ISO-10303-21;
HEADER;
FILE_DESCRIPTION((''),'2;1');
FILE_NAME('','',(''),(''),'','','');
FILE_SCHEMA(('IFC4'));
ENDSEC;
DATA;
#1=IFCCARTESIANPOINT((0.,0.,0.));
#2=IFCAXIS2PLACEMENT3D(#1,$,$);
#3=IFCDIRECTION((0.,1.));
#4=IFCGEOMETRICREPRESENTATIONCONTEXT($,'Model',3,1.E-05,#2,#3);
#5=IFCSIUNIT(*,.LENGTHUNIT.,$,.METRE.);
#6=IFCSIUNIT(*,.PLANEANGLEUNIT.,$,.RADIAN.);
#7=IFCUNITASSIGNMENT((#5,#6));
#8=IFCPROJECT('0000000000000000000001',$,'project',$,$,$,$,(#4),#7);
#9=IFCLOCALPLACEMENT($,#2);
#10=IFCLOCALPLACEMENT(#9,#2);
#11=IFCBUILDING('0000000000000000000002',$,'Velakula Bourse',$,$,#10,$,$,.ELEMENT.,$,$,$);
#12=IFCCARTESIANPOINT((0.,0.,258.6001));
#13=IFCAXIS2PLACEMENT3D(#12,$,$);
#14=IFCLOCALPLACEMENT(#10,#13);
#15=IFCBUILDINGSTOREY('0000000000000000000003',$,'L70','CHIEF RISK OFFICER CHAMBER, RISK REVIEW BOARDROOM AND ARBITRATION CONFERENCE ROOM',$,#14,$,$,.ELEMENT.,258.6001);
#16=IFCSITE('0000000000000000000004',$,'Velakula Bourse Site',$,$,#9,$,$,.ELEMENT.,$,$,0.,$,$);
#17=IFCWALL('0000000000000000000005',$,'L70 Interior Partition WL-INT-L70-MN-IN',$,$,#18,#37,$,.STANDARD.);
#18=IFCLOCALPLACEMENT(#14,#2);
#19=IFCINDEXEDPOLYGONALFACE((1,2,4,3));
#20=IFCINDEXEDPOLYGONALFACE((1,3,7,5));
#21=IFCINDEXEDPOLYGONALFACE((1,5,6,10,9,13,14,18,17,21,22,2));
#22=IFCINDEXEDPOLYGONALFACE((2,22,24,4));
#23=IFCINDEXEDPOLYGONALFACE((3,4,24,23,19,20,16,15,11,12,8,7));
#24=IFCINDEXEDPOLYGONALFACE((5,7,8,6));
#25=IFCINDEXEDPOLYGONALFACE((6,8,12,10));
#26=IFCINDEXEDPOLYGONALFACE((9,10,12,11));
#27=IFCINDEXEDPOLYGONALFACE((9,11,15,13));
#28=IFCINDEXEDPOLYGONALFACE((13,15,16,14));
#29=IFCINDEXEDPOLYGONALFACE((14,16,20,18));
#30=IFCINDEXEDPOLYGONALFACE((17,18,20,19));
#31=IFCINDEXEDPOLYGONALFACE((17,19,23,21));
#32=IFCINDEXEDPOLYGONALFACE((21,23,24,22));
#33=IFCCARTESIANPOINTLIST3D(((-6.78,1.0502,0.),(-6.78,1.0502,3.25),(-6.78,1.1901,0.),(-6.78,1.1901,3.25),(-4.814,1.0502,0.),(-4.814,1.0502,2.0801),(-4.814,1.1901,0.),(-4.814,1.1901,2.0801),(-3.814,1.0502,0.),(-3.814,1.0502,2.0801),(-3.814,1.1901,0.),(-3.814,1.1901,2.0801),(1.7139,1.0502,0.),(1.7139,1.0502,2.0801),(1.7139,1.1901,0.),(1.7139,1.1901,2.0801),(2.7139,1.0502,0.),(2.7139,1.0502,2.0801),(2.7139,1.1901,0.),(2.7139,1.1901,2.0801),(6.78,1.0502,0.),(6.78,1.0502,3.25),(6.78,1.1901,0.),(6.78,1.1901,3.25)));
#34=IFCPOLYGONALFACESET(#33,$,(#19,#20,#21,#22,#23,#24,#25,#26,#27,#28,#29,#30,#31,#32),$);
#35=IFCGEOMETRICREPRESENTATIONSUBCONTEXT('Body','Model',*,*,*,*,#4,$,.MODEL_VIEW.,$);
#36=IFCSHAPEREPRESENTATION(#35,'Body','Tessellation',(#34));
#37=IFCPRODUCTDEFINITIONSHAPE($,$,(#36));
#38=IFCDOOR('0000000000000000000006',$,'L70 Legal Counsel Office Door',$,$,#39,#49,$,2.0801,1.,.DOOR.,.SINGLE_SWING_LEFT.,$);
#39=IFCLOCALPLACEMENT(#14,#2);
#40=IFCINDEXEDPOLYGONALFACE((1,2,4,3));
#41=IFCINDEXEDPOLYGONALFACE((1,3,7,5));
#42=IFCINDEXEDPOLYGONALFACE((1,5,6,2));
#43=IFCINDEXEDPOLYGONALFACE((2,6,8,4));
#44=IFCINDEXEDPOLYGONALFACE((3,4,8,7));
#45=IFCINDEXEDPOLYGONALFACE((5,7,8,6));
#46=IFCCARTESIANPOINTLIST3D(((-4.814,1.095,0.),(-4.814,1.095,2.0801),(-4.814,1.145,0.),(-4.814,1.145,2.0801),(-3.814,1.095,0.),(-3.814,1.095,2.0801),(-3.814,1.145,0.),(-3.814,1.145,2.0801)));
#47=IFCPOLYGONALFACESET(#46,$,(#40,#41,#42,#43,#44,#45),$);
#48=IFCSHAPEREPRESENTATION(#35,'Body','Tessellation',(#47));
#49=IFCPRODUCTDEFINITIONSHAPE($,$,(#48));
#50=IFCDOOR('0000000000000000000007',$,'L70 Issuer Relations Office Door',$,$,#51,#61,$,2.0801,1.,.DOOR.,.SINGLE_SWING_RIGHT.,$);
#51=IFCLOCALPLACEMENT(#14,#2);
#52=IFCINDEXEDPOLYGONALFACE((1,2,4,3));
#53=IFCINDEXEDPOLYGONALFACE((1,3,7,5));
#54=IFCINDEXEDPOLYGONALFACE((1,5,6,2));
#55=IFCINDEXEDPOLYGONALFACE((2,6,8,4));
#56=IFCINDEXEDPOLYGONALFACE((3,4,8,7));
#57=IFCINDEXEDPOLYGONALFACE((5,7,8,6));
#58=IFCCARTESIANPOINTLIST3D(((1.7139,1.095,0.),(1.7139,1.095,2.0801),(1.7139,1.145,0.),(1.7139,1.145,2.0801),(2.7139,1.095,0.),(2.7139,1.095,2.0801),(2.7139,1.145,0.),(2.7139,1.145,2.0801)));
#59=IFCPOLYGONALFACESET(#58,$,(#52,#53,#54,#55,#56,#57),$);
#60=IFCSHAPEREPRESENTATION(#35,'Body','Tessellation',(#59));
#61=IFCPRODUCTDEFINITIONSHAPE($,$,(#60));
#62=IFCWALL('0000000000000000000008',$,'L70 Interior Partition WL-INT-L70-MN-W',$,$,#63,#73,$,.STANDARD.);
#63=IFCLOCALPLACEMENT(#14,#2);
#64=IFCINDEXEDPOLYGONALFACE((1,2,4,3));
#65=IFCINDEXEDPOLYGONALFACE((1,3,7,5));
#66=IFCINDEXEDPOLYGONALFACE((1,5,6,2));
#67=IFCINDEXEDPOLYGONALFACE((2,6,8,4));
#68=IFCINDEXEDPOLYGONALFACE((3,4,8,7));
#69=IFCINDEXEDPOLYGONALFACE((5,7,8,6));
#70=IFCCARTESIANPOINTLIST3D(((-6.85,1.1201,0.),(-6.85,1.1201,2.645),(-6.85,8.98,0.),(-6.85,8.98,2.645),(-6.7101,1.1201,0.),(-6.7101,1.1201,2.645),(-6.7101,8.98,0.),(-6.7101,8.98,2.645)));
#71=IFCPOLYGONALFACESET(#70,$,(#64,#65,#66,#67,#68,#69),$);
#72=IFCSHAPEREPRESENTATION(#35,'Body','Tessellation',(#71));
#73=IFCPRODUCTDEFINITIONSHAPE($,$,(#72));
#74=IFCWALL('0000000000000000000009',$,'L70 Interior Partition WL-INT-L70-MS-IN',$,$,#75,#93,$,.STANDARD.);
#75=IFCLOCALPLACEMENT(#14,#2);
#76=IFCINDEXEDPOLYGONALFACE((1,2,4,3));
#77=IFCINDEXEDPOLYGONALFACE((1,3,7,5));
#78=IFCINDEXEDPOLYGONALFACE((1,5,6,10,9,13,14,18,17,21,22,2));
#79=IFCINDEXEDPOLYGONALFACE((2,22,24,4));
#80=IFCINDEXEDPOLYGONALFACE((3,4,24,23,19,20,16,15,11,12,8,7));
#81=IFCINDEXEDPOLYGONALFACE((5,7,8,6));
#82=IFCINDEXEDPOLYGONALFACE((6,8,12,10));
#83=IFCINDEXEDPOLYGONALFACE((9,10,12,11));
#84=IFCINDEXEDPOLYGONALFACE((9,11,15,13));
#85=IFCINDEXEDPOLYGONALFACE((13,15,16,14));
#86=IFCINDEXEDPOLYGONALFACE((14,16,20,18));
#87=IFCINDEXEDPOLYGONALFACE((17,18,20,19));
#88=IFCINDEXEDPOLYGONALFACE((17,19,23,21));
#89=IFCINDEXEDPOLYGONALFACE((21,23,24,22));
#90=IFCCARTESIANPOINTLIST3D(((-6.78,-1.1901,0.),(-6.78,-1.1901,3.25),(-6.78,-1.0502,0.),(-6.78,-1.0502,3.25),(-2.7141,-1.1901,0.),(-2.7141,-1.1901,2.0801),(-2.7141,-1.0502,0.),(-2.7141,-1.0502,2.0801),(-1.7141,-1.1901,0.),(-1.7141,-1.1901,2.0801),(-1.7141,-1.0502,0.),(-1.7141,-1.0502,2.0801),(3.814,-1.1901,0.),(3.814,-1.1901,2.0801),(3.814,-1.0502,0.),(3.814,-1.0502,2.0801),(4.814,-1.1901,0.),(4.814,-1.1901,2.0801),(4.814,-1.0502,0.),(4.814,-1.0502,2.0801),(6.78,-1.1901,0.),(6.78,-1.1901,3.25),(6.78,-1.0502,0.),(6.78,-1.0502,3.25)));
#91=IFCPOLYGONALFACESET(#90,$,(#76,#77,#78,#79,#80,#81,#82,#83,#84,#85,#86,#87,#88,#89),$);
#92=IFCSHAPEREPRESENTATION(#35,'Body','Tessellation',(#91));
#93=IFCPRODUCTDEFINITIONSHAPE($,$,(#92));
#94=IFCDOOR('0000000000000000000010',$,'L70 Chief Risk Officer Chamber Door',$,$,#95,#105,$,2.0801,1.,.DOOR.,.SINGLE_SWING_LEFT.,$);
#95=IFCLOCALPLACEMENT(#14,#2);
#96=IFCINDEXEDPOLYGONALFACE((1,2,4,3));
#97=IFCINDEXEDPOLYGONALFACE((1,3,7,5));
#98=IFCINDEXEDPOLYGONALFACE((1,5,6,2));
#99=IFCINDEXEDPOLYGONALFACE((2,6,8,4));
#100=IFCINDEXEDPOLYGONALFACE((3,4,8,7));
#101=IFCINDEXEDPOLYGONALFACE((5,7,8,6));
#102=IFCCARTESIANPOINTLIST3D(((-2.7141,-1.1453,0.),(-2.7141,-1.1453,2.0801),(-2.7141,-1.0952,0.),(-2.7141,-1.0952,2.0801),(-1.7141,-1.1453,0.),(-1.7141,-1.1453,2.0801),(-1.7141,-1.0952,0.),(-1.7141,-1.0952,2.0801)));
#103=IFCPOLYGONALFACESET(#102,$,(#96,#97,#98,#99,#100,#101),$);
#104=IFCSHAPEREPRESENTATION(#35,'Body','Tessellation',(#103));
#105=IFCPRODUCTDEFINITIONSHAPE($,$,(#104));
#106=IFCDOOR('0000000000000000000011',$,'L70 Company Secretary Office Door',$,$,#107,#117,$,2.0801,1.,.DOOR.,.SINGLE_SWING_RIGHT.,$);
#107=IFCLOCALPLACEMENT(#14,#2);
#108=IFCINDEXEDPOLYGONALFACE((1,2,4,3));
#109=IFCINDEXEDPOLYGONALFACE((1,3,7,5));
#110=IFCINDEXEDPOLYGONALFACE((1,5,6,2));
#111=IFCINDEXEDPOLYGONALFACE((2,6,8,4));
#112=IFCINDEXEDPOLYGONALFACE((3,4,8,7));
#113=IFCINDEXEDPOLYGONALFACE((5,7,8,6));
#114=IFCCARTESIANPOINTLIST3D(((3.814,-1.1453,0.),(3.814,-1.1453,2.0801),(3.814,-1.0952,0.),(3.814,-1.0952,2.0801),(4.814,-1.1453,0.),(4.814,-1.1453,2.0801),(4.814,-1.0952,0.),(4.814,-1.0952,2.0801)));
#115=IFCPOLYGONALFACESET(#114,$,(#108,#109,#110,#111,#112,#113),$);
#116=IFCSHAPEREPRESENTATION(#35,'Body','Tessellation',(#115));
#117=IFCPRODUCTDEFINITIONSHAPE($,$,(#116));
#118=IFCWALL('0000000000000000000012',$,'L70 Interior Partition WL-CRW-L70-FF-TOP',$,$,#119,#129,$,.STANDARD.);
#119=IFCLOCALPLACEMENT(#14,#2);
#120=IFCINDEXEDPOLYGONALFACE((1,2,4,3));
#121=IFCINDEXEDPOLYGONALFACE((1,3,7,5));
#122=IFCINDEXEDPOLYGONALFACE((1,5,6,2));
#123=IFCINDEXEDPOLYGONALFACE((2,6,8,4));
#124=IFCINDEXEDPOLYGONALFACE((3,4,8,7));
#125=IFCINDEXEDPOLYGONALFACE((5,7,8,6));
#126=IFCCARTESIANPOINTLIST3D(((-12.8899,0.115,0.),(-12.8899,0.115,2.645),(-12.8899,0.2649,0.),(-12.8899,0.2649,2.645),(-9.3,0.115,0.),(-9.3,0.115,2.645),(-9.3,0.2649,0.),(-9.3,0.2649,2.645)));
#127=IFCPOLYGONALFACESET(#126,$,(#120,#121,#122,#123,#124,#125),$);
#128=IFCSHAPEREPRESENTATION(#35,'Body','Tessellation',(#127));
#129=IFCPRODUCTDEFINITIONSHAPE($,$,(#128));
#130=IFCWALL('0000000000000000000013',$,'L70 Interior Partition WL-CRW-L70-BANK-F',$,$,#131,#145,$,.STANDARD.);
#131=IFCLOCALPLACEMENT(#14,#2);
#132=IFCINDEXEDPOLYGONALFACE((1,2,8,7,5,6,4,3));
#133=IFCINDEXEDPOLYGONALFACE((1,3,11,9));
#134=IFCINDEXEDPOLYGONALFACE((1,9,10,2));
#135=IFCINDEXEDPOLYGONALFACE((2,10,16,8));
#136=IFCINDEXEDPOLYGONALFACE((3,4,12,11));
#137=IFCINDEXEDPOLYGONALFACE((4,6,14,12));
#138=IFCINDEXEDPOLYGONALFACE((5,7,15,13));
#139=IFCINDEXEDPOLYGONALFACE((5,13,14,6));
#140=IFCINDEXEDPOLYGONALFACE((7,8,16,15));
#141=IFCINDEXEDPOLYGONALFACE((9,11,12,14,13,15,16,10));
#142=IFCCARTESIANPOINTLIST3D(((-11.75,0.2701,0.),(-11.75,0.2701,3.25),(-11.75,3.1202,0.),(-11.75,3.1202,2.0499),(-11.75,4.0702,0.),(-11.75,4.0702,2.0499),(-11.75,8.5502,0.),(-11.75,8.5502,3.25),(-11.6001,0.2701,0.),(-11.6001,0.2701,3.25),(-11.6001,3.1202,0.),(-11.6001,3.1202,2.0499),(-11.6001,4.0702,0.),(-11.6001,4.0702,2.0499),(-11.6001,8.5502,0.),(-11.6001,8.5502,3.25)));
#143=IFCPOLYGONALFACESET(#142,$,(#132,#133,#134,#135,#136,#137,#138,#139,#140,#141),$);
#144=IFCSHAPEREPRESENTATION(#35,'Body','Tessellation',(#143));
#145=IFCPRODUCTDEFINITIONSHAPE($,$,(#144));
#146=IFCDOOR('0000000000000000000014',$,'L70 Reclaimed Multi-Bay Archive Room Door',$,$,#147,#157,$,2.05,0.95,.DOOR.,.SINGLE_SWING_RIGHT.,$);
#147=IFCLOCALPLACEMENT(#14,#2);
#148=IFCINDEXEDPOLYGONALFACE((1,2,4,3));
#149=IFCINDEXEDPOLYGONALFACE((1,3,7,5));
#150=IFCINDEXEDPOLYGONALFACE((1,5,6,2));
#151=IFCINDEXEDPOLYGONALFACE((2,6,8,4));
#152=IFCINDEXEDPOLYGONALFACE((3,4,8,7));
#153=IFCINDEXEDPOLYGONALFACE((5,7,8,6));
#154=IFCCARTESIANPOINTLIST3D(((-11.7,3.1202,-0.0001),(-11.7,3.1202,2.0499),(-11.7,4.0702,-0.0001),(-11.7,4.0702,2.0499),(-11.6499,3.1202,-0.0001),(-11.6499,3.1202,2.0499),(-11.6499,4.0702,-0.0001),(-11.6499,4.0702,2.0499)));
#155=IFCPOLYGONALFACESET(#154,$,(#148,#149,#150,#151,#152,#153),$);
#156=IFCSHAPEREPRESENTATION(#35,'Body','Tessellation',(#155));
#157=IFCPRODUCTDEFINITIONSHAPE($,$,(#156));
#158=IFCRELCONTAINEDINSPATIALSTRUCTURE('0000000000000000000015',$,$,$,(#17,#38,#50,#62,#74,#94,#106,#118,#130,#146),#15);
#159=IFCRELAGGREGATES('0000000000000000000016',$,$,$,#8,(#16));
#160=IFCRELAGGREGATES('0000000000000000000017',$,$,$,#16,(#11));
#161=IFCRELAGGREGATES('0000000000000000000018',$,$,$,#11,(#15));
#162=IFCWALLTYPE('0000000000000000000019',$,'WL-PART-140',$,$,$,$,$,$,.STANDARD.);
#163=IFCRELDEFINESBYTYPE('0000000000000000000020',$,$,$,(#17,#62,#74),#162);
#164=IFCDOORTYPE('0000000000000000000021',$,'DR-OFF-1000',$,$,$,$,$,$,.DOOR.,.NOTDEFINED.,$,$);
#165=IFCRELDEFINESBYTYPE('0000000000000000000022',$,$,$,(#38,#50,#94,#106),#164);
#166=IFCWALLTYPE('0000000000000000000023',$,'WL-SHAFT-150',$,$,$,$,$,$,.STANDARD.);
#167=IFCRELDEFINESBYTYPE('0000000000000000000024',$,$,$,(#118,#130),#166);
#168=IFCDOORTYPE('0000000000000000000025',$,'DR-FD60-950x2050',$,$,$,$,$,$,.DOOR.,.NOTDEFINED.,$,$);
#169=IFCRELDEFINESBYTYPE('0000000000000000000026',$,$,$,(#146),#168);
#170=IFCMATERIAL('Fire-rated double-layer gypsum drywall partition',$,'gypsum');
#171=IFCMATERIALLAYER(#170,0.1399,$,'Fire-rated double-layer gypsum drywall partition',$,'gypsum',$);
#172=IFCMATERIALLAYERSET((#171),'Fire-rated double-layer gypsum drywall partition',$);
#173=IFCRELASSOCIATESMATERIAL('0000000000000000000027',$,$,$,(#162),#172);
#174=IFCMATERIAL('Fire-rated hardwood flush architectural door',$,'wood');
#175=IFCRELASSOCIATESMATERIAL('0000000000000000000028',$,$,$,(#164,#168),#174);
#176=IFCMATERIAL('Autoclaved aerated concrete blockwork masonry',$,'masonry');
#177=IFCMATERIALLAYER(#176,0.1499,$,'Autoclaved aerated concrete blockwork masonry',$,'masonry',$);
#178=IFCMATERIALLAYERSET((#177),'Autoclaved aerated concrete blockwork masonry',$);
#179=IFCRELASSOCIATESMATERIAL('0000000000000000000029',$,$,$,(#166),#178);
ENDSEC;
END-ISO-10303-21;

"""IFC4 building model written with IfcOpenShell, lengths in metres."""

from ifc_helpers import new_model, si_unit, direction, frame, frame_2d, origin, place, context, subcontext, project, spatial, rectangle, extrude, material, layer, layer_set, type_object, element, fill, save


model = new_model("IFC4")

# Units and contexts
model_context = context("Model", 3, precision=1e-05, world=origin(), true_north=direction((0.0, 1.0)))
body_context = subcontext(model_context, "Body", "Model", "MODEL_VIEW")
ifc_project = project(units=[si_unit("LENGTHUNIT", "METRE"), si_unit("PLANEANGLEUNIT", "RADIAN")], contexts=[model_context])

# Site, building, storey
site_placement = place(None, origin())
site = spatial("IfcSite", under=ifc_project, at=site_placement, Name="Velakula Bourse Site", CompositionType="ELEMENT", RefElevation=0.0)
building_placement = place(site_placement, origin())
building = spatial("IfcBuilding", under=site, at=building_placement, Name="Velakula Bourse", CompositionType="ELEMENT")
storey_placement = place(building_placement, frame((0.0, 0.0, 258.6001)))
storey = spatial("IfcBuildingStorey", under=building, at=storey_placement, Name="L70", Description="CHIEF RISK OFFICER CHAMBER, RISK REVIEW BOARDROOM AND ARBITRATION CONFERENCE ROOM", CompositionType="ELEMENT", Elevation=258.6001)

# Shared definitions
ifc_material_1 = material(Name="Fire-rated double-layer gypsum drywall partition", Category="gypsum")

# Wall, openings, doors
ifc_layer_1 = layer(ifc_material_1, 0.1399, Name="Fire-rated double-layer gypsum drywall partition", Category="gypsum")
ifc_layer_set_1 = layer_set([ifc_layer_1], Name="Fire-rated double-layer gypsum drywall partition")
wall_type_1 = type_object("IfcWallType", Name="WL-PART-140", PredefinedType="STANDARD", material=ifc_layer_set_1)
wall_1_placement = place(storey_placement, frame((-6.78, 1.1201, 0.0), z_axis=(0.0, 0.0, 1.0), x_axis=(1.0, 0.0, 0.0)))
wall_1 = element("IfcWall", 1, at=wall_1_placement, inside=storey, type_object=wall_type_1, Name="L70 Interior Partition WL-INT-L70-MN-IN", PredefinedType="STANDARD", context=body_context, shape_type="SweptSolid", body=[
    extrude(rectangle(XDim=13.5601, YDim=0.1399, at=frame_2d((6.78, 0.0))), origin(), (0.0, 0.0, 1.0), 3.25),
])
opening_1_placement = place(wall_1_placement, frame((1.9661, 0.0, 0.0)))
opening_1 = element("IfcOpeningElement", 2, at=opening_1_placement, cuts=wall_1, PredefinedType="OPENING", context=body_context, shape_type="SweptSolid", body=[
    extrude(rectangle(XDim=1.0, YDim=2.0801, at=frame_2d((0.5, 1.04))), frame((0.0, 0.0798, 0.0), z_axis=(0.0, -1.0, 0.0), x_axis=(1.0, 0.0, 0.0)), (0.0, 0.0, 1.0), 0.1599),
])
opening_2_placement = place(wall_1_placement, frame((8.4939, 0.0, 0.0)))
opening_2 = element("IfcOpeningElement", 3, at=opening_2_placement, cuts=wall_1, PredefinedType="OPENING", context=body_context, shape_type="SweptSolid", body=[
    extrude(rectangle(XDim=1.0, YDim=2.0801, at=frame_2d((0.5, 1.04))), frame((0.0, 0.0798, 0.0), z_axis=(0.0, -1.0, 0.0), x_axis=(1.0, 0.0, 0.0)), (0.0, 0.0, 1.0), 0.1599),
])
ifc_material_2 = material(Name="Fire-rated hardwood flush architectural door", Category="wood")
door_type_1 = type_object("IfcDoorType", Name="DR-OFF-1000", OperationType="NOTDEFINED", PredefinedType="DOOR", material=ifc_material_2)
door_1_placement = place(opening_1_placement, origin())
door_1 = element("IfcDoor", 4, at=door_1_placement, inside=storey, type_object=door_type_1, Name="L70 Legal Counsel Office Door", OperationType="SINGLE_SWING_LEFT", OverallHeight=2.0801, OverallWidth=1.0, PredefinedType="DOOR", context=body_context, shape_type="SweptSolid", body=[
    extrude(rectangle(XDim=1.0, YDim=2.0801, at=frame_2d((0.5, 1.04))), frame((0.0, 0.0249, 0.0), z_axis=(0.0, -1.0, 0.0), x_axis=(1.0, 0.0, 0.0)), (0.0, 0.0, 1.0), 0.05),
])
fill(opening_1, door_1)
door_2_placement = place(opening_2_placement, origin())
door_2 = element("IfcDoor", 5, at=door_2_placement, inside=storey, type_object=door_type_1, Name="L70 Issuer Relations Office Door", OperationType="SINGLE_SWING_RIGHT", OverallHeight=2.0801, OverallWidth=1.0, PredefinedType="DOOR", context=body_context, shape_type="SweptSolid", body=[
    extrude(rectangle(XDim=1.0, YDim=2.0801, at=frame_2d((0.5, 1.04))), frame((0.0, 0.0249, 0.0), z_axis=(0.0, -1.0, 0.0), x_axis=(1.0, 0.0, 0.0)), (0.0, 0.0, 1.0), 0.05),
])
fill(opening_2, door_2)

# Wall
wall_2_placement = place(storey_placement, frame((-6.78, 1.1201, 0.0), z_axis=(0.0, 0.0, 1.0), x_axis=(0.0, 1.0, 0.0)))
element("IfcWall", 6, at=wall_2_placement, inside=storey, type_object=wall_type_1, Name="L70 Interior Partition WL-INT-L70-MN-W", PredefinedType="STANDARD", context=body_context, shape_type="SweptSolid", body=[
    extrude(rectangle(XDim=7.8599, YDim=0.1399, at=frame_2d((3.9299, 0.0))), origin(), (0.0, 0.0, 1.0), 2.645),
])

# Wall, openings, doors
wall_3_placement = place(storey_placement, frame((-6.78, -1.1201, 0.0), z_axis=(0.0, 0.0, 1.0), x_axis=(1.0, 0.0, 0.0)))
wall_3 = element("IfcWall", 7, at=wall_3_placement, inside=storey, type_object=wall_type_1, Name="L70 Interior Partition WL-INT-L70-MS-IN", PredefinedType="STANDARD", context=body_context, shape_type="SweptSolid", body=[
    extrude(rectangle(XDim=13.5601, YDim=0.1399, at=frame_2d((6.78, 0.0))), origin(), (0.0, 0.0, 1.0), 3.25),
])
opening_3_placement = place(wall_3_placement, frame((4.0659, 0.0, 0.0)))
opening_3 = element("IfcOpeningElement", 8, at=opening_3_placement, cuts=wall_3, PredefinedType="OPENING", context=body_context, shape_type="SweptSolid", body=[
    extrude(rectangle(XDim=1.0, YDim=2.0801, at=frame_2d((0.5, 1.04))), frame((0.0, 0.0798, 0.0), z_axis=(0.0, -1.0, 0.0), x_axis=(1.0, 0.0, 0.0)), (0.0, 0.0, 1.0), 0.1599),
])
opening_4_placement = place(wall_3_placement, frame((10.594, 0.0, 0.0)))
opening_4 = element("IfcOpeningElement", 9, at=opening_4_placement, cuts=wall_3, PredefinedType="OPENING", context=body_context, shape_type="SweptSolid", body=[
    extrude(rectangle(XDim=1.0, YDim=2.0801, at=frame_2d((0.5, 1.04))), frame((0.0, 0.0798, 0.0), z_axis=(0.0, -1.0, 0.0), x_axis=(1.0, 0.0, 0.0)), (0.0, 0.0, 1.0), 0.1599),
])
door_3_placement = place(opening_3_placement, origin())
door_3 = element("IfcDoor", 10, at=door_3_placement, inside=storey, type_object=door_type_1, Name="L70 Chief Risk Officer Chamber Door", OperationType="SINGLE_SWING_LEFT", OverallHeight=2.0801, OverallWidth=1.0, PredefinedType="DOOR", context=body_context, shape_type="SweptSolid", body=[
    extrude(rectangle(XDim=1.0, YDim=2.0801, at=frame_2d((0.5, 1.04))), frame((0.0, 0.0249, 0.0), z_axis=(0.0, -1.0, 0.0), x_axis=(1.0, 0.0, 0.0)), (0.0, 0.0, 1.0), 0.05),
])
fill(opening_3, door_3)
door_4_placement = place(opening_4_placement, origin())
door_4 = element("IfcDoor", 11, at=door_4_placement, inside=storey, type_object=door_type_1, Name="L70 Company Secretary Office Door", OperationType="SINGLE_SWING_RIGHT", OverallHeight=2.0801, OverallWidth=1.0, PredefinedType="DOOR", context=body_context, shape_type="SweptSolid", body=[
    extrude(rectangle(XDim=1.0, YDim=2.0801, at=frame_2d((0.5, 1.04))), frame((0.0, 0.0249, 0.0), z_axis=(0.0, -1.0, 0.0), x_axis=(1.0, 0.0, 0.0)), (0.0, 0.0, 1.0), 0.05),
])
fill(opening_4, door_4)

# Wall
ifc_material_3 = material(Name="Autoclaved aerated concrete blockwork masonry", Category="masonry")
ifc_layer_2 = layer(ifc_material_3, 0.1499, Name="Autoclaved aerated concrete blockwork masonry", Category="masonry")
ifc_layer_set_2 = layer_set([ifc_layer_2], Name="Autoclaved aerated concrete blockwork masonry")
wall_type_2 = type_object("IfcWallType", Name="WL-SHAFT-150", PredefinedType="STANDARD", material=ifc_layer_set_2)
wall_4_placement = place(storey_placement, frame((-12.8899, 0.1899, 0.0), z_axis=(0.0, 0.0, 1.0), x_axis=(1.0, 0.0, 0.0)))
element("IfcWall", 12, at=wall_4_placement, inside=storey, type_object=wall_type_2, Name="L70 Interior Partition WL-CRW-L70-FF-TOP", PredefinedType="STANDARD", context=body_context, shape_type="SweptSolid", body=[
    extrude(rectangle(XDim=3.5898, YDim=0.1499, at=frame_2d((1.7949, 0.0))), origin(), (0.0, 0.0, 1.0), 2.645),
])

# Wall, opening, door
wall_5_placement = place(storey_placement, frame((-11.675, 0.27, 0.0), z_axis=(0.0, 0.0, 1.0), x_axis=(0.0, 1.0, 0.0)))
wall_5 = element("IfcWall", 13, at=wall_5_placement, inside=storey, type_object=wall_type_2, Name="L70 Interior Partition WL-CRW-L70-BANK-F", PredefinedType="STANDARD", context=body_context, shape_type="SweptSolid", body=[
    extrude(rectangle(XDim=8.28, YDim=0.1499, at=frame_2d((4.1401, 0.0))), origin(), (0.0, 0.0, 1.0), 3.25),
])
opening_5_placement = place(wall_5_placement, frame((2.8501, 0.0, 0.0)))
opening_5 = element("IfcOpeningElement", 14, at=opening_5_placement, cuts=wall_5, PredefinedType="OPENING", context=body_context, shape_type="SweptSolid", body=[
    extrude(rectangle(XDim=0.95, YDim=2.05, at=frame_2d((0.4751, 1.0249))), frame((0.0, 0.085, 0.0), z_axis=(0.0, -1.0, 0.0), x_axis=(1.0, 0.0, 0.0)), (0.0, 0.0, 1.0), 0.1699),
])
door_type_2 = type_object("IfcDoorType", Name="DR-FD60-950x2050", OperationType="NOTDEFINED", PredefinedType="DOOR", material=ifc_material_2)
door_5_placement = place(opening_5_placement, origin())
door_5 = element("IfcDoor", 15, at=door_5_placement, inside=storey, type_object=door_type_2, Name="L70 Reclaimed Multi-Bay Archive Room Door", OperationType="SINGLE_SWING_RIGHT", OverallHeight=2.05, OverallWidth=0.95, PredefinedType="DOOR", context=body_context, shape_type="SweptSolid", body=[
    extrude(rectangle(XDim=0.95, YDim=2.05, at=frame_2d((0.4751, 1.0249))), frame((0.0, 0.0249, 0.0), z_axis=(0.0, -1.0, 0.0), x_axis=(1.0, 0.0, 0.0)), (0.0, 0.0, 1.0), 0.05),
])
fill(opening_5, door_5)

save(model, "model.ifc")
